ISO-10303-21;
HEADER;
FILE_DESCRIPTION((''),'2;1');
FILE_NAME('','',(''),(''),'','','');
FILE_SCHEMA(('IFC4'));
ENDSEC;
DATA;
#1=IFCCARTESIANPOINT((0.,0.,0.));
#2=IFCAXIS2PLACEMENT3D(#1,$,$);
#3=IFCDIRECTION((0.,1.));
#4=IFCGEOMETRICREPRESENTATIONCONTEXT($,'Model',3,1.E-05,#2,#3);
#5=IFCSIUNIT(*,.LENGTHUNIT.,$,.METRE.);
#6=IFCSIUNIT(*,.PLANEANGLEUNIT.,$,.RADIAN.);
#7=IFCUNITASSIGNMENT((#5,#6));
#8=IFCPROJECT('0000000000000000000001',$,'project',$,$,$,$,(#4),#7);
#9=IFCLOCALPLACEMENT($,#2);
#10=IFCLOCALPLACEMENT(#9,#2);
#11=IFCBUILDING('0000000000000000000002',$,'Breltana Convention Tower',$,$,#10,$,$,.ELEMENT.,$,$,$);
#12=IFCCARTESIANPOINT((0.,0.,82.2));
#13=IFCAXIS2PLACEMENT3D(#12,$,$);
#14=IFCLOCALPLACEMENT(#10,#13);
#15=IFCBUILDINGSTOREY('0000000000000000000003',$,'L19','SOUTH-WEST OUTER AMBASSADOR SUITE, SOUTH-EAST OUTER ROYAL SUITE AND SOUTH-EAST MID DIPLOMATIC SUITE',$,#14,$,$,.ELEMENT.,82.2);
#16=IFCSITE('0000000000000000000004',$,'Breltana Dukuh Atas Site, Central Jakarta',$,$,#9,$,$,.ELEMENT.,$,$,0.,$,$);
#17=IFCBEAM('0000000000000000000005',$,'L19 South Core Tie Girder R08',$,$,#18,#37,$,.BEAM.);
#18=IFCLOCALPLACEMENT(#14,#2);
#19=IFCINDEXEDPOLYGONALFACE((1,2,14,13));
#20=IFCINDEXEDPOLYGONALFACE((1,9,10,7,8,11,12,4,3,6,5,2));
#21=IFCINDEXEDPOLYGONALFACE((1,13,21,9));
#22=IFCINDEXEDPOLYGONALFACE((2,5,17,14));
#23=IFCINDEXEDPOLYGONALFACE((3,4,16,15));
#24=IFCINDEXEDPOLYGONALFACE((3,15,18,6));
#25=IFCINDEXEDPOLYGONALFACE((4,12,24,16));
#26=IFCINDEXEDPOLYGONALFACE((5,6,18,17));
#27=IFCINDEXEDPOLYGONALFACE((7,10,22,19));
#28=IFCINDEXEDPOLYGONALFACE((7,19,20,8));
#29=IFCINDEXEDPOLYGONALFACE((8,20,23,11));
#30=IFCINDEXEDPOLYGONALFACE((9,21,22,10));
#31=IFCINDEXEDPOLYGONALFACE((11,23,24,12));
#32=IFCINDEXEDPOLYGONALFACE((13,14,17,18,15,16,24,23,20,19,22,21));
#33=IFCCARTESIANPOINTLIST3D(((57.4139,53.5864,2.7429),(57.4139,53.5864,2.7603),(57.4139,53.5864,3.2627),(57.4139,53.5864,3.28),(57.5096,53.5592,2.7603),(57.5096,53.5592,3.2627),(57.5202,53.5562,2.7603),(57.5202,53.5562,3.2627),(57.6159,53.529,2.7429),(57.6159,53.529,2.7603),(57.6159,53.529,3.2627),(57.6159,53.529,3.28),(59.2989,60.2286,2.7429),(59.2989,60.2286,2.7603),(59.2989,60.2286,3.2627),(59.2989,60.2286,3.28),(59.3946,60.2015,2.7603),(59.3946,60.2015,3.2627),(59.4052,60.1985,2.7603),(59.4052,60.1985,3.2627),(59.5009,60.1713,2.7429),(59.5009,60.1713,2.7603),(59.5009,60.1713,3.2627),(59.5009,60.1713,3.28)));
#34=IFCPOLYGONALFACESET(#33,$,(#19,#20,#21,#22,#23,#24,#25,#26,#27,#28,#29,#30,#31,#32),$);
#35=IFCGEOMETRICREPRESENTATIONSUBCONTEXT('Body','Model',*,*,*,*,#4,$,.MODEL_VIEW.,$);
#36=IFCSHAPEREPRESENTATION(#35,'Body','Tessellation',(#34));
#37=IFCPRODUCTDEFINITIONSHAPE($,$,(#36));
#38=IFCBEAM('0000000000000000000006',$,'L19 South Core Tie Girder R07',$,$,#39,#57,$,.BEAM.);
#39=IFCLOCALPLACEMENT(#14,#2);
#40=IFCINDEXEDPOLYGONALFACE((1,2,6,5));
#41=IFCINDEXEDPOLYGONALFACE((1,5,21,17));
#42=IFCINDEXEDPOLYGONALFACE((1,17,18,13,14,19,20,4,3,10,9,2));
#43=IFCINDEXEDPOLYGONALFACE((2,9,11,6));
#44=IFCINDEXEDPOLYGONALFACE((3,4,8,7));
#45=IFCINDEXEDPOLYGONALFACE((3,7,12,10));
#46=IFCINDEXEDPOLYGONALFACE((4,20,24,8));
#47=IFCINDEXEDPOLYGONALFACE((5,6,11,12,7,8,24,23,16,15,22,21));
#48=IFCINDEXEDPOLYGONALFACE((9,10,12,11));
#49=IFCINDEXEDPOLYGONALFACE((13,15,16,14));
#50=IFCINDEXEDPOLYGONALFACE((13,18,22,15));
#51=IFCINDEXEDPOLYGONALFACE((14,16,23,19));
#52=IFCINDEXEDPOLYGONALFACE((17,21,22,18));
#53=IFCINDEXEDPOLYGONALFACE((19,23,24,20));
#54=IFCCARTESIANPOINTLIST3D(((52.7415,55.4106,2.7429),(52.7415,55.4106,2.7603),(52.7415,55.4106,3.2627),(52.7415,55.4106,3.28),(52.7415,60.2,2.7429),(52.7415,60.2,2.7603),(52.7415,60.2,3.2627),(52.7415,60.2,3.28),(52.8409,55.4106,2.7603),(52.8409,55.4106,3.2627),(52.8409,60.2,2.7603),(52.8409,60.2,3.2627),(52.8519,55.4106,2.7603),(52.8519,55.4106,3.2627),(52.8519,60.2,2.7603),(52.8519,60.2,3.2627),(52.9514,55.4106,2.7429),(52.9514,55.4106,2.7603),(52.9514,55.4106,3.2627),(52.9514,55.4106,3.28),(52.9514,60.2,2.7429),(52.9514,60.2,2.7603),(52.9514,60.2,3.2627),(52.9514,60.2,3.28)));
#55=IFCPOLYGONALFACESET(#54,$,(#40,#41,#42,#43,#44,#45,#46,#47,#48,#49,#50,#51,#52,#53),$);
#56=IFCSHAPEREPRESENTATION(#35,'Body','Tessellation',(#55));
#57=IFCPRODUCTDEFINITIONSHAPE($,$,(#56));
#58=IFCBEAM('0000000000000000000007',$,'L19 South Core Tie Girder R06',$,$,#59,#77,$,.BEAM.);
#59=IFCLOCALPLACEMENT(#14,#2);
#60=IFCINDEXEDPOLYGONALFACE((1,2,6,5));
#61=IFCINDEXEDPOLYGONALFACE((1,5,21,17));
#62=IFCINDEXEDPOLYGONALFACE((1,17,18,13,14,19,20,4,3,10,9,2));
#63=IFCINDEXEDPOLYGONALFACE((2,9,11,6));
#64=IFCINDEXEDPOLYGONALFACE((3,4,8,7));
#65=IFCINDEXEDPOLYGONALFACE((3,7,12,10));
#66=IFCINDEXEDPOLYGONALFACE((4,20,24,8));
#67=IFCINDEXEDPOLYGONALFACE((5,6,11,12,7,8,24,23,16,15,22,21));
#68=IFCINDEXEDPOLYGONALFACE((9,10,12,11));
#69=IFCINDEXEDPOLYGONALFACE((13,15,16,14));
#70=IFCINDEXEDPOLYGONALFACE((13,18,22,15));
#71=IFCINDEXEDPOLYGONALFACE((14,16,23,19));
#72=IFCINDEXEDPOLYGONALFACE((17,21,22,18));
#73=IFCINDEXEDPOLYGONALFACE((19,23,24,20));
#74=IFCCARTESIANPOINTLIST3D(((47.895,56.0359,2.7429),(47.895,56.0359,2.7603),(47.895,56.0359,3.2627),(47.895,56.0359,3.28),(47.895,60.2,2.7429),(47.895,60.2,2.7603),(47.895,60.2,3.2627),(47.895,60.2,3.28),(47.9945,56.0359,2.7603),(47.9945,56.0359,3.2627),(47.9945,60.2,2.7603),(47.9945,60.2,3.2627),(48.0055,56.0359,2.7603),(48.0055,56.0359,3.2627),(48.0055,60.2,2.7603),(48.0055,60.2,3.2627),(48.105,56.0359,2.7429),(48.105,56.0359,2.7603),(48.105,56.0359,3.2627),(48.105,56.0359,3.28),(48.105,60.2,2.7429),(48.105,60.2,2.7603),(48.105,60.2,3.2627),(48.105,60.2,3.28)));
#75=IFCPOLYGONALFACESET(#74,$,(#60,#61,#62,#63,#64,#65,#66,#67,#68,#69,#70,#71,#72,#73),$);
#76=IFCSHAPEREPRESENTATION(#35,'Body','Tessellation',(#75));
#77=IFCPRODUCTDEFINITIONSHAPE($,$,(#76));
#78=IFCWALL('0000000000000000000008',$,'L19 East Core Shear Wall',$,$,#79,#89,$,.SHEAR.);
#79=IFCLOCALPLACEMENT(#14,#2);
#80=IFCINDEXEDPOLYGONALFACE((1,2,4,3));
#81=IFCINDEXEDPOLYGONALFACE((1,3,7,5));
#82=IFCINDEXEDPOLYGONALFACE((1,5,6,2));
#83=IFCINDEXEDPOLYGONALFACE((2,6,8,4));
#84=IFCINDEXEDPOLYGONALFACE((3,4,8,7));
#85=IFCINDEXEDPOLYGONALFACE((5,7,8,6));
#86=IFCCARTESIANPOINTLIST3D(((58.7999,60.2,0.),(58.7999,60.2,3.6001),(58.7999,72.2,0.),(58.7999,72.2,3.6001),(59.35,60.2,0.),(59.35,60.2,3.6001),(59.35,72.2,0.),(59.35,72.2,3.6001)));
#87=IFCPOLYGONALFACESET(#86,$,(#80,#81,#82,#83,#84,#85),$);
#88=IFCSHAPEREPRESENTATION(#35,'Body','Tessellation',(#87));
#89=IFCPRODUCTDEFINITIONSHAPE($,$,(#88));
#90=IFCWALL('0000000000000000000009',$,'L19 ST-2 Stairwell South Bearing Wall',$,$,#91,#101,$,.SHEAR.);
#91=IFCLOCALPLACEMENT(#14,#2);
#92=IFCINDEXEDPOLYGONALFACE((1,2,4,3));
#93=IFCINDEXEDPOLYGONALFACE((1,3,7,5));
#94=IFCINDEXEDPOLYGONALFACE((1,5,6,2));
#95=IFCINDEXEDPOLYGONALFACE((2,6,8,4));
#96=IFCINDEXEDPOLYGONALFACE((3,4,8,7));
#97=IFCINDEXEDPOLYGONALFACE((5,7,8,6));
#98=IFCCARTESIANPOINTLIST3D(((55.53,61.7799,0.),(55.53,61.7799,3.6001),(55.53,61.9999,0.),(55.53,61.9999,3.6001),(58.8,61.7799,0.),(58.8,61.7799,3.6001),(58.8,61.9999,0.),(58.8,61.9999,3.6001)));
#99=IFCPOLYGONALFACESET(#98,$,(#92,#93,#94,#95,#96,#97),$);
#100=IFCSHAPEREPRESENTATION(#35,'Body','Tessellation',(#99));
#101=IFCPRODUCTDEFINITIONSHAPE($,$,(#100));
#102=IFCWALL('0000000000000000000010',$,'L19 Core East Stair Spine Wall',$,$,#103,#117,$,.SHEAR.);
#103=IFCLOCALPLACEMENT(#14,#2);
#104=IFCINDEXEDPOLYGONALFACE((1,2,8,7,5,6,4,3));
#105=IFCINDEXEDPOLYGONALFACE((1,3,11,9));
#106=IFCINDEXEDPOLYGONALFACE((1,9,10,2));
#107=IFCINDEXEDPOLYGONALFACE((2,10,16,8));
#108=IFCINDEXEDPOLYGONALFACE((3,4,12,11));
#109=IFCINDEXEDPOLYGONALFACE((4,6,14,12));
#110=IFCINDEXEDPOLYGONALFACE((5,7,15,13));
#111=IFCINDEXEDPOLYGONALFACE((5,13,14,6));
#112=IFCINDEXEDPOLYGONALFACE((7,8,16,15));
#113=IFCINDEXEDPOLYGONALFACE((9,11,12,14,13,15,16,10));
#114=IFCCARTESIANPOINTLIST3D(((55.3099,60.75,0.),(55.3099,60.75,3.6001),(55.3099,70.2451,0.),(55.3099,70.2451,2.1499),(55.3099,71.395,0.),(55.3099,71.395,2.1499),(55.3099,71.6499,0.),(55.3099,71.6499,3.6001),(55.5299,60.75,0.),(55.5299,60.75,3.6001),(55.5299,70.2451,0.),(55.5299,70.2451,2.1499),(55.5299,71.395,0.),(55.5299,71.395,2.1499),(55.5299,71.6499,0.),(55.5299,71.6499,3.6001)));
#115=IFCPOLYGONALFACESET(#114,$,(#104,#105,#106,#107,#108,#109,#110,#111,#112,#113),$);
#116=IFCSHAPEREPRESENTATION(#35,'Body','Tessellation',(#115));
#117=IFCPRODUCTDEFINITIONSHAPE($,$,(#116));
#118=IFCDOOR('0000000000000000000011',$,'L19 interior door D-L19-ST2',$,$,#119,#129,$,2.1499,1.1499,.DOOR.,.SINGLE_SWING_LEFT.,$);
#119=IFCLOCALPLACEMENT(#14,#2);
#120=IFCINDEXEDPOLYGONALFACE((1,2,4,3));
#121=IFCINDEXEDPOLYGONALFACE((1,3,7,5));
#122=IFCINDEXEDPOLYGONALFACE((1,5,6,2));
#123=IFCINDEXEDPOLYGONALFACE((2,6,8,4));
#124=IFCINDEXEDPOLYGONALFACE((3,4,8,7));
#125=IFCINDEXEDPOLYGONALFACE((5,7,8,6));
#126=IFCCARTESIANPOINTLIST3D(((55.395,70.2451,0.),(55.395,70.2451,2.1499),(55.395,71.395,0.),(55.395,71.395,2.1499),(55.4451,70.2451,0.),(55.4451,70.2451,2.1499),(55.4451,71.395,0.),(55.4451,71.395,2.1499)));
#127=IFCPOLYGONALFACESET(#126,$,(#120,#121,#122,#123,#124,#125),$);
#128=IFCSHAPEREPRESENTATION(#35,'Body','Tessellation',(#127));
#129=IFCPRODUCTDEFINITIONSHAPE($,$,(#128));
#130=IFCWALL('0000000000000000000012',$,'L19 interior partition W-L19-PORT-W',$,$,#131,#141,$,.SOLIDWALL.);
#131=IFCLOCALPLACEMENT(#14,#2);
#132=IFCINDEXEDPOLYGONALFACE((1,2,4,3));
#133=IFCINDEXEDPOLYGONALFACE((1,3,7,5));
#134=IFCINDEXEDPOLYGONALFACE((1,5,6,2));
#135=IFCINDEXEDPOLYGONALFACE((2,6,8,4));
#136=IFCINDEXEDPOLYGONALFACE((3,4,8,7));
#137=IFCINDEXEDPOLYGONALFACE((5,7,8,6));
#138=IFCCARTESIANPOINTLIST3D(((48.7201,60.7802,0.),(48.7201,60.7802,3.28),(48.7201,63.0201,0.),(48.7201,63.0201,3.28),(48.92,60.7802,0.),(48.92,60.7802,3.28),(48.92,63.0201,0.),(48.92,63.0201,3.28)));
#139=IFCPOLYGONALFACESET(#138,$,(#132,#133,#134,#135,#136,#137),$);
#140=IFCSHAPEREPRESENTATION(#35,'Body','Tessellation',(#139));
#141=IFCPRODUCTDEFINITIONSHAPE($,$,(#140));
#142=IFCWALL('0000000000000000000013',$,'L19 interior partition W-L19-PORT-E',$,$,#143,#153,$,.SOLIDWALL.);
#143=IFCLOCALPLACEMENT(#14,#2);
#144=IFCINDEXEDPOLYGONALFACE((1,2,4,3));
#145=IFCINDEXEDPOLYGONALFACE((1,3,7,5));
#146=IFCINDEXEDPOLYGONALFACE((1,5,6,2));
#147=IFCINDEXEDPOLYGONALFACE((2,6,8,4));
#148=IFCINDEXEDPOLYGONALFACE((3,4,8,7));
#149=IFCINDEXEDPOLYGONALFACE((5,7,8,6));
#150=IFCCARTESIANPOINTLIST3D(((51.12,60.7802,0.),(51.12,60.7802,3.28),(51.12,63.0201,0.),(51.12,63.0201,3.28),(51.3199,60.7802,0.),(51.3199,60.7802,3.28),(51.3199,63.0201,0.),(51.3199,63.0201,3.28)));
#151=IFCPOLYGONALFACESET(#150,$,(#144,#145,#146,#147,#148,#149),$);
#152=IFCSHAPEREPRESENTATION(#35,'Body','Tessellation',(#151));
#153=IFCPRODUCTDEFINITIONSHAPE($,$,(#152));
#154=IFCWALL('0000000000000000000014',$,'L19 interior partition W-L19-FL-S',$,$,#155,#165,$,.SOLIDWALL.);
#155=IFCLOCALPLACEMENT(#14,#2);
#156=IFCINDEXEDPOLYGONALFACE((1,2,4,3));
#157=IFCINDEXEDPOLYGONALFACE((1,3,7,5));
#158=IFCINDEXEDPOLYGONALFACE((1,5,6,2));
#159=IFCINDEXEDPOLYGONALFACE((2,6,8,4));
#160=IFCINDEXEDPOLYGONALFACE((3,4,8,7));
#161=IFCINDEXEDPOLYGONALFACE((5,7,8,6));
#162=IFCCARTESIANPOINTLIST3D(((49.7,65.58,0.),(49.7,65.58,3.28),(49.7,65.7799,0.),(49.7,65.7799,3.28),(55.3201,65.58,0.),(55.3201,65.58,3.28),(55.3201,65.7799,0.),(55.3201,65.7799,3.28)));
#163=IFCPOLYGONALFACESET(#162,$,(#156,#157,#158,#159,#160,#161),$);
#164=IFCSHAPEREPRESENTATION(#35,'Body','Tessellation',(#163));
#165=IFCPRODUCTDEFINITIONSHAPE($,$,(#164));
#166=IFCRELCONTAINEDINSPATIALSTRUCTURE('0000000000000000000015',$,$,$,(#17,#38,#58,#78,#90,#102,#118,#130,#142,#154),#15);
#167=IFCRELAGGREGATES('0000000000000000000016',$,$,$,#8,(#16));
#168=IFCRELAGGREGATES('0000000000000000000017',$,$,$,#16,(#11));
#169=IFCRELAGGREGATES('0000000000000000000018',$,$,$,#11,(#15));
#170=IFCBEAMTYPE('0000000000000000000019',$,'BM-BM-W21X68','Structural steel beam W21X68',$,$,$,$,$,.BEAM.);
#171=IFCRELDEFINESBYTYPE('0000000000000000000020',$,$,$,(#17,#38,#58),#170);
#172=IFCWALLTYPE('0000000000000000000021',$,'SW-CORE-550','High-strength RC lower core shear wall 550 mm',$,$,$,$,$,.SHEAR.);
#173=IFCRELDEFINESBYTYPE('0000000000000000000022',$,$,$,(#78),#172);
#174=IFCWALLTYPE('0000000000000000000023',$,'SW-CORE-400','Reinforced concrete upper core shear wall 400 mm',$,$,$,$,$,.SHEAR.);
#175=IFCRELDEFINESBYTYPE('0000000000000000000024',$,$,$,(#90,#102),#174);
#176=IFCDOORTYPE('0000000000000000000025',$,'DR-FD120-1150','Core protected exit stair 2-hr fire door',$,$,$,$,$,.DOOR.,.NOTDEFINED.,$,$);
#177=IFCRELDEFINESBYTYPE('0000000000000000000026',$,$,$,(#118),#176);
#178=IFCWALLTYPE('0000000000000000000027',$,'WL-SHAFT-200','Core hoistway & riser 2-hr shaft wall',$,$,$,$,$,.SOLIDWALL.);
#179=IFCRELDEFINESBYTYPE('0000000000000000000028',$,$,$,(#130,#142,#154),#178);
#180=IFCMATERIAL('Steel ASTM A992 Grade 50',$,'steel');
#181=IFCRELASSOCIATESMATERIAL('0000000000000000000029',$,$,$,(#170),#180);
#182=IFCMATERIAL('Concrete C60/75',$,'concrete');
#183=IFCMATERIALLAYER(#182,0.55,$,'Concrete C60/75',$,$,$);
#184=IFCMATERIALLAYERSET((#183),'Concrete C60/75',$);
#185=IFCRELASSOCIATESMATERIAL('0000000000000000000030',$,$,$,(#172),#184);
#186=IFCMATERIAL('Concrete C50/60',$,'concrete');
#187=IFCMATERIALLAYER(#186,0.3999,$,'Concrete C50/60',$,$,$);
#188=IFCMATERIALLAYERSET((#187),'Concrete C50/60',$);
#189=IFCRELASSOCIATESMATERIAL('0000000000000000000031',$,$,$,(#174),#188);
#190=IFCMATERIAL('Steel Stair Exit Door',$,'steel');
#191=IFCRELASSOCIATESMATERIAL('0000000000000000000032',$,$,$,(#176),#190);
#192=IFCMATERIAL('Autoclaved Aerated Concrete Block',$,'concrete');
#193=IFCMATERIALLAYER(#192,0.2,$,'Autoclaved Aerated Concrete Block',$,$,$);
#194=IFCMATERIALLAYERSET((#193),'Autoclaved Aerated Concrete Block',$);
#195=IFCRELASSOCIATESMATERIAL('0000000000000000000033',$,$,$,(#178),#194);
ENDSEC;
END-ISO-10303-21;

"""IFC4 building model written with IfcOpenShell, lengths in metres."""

from ifc_helpers import new_model, si_unit, direction, frame, frame_2d, origin, origin_2d, place, context, subcontext, project, spatial, rectangle, i_section, extrude, source, transform, mapped, material, layer, layer_set, material_profile, profile_set, type_object, type_shapes, element, fill, save


model = new_model("IFC4")

# Units and contexts
model_context = context("Model", 3, precision=1e-05, world=origin(), true_north=direction((0.0, 1.0)))
body_context = subcontext(model_context, "Body", "Model", "MODEL_VIEW")
ifc_project = project(units=[si_unit("LENGTHUNIT", "METRE"), si_unit("PLANEANGLEUNIT", "RADIAN")], contexts=[model_context])

# Site, building, storey
site_placement = place(None, origin())
site = spatial("IfcSite", under=ifc_project, at=site_placement, Name="Breltana Dukuh Atas Site, Central Jakarta", CompositionType="ELEMENT", RefElevation=0.0)
building_placement = place(site_placement, origin())
building = spatial("IfcBuilding", under=site, at=building_placement, Name="Breltana Convention Tower", CompositionType="ELEMENT")
storey_placement = place(building_placement, frame((0.0, 0.0, 82.2)))
storey = spatial("IfcBuildingStorey", under=building, at=storey_placement, Name="L19", Description="SOUTH-WEST OUTER AMBASSADOR SUITE, SOUTH-EAST OUTER ROYAL SUITE AND SOUTH-EAST MID DIPLOMATIC SUITE", CompositionType="ELEMENT", Elevation=82.2)

# Beams
ifc_material_1 = material(Name="Steel ASTM A992 Grade 50", Category="steel")
ifc_material_profile = material_profile(ifc_material_1, i_section(OverallWidth=0.21, OverallDepth=0.5371, WebThickness=0.011, FlangeThickness=0.0173, at=origin_2d()), Name="W21X68")
ifc_profile_set = profile_set([ifc_material_profile], Name="Steel ASTM A992 Grade 50")
beam_type = type_object("IfcBeamType", Name="BM-BM-W21X68", Description="Structural steel beam W21X68", PredefinedType="BEAM", material=ifc_profile_set)
shared_shape_1 = source(origin(), body_context, "Body", "SweptSolid", [
    extrude(i_section(OverallWidth=0.21, OverallDepth=0.5371, WebThickness=0.011, FlangeThickness=0.0173, at=origin_2d()), origin(), (0.0, 0.0, 1.0), 6.9045),
])
type_shapes(beam_type, [shared_shape_1])
beam_1_placement = place(storey_placement, frame((59.3999, 60.2, 3.0115), z_axis=(-0.273007, -0.962012, 0.0), x_axis=(0.962012, -0.273007, 0.0)))
element("IfcBeam", 1, at=beam_1_placement, inside=storey, type_object=beam_type, Name="L19 South Core Tie Girder R08", PredefinedType="BEAM", context=body_context, shape_type="MappedRepresentation", body=[
    mapped(shared_shape_1, transform((0.0, 0.0, 0.0), scale=1.0)),
])
shared_shape_2 = source(origin(), body_context, "Body", "SweptSolid", [
    extrude(i_section(OverallWidth=0.21, OverallDepth=0.5371, WebThickness=0.011, FlangeThickness=0.0173, at=origin_2d()), origin(), (0.0, 0.0, 1.0), 4.7893),
])
beam_2_placement = place(storey_placement, frame((52.8464, 60.2, 3.0115), z_axis=(0.0, -1.0, 0.0), x_axis=(1.0, 0.0, 0.0)))
element("IfcBeam", 2, at=beam_2_placement, inside=storey, type_object=beam_type, Name="L19 South Core Tie Girder R07", PredefinedType="BEAM", context=body_context, shape_type="MappedRepresentation", body=[
    mapped(shared_shape_2, transform((0.0, 0.0, 0.0), scale=1.0)),
])
shared_shape_3 = source(origin(), body_context, "Body", "SweptSolid", [
    extrude(i_section(OverallWidth=0.21, OverallDepth=0.5371, WebThickness=0.011, FlangeThickness=0.0173, at=origin_2d()), origin(), (0.0, 0.0, 1.0), 4.1641),
])
beam_3_placement = place(storey_placement, frame((48.0, 60.2, 3.0115), z_axis=(0.0, -1.0, 0.0), x_axis=(1.0, 0.0, 0.0)))
element("IfcBeam", 3, at=beam_3_placement, inside=storey, type_object=beam_type, Name="L19 South Core Tie Girder R06", PredefinedType="BEAM", context=body_context, shape_type="MappedRepresentation", body=[
    mapped(shared_shape_3, transform((0.0, 0.0, 0.0), scale=1.0)),
])

# Walls
ifc_material_2 = material(Name="Concrete C60/75", Category="concrete")
ifc_layer_1 = layer(ifc_material_2, 0.55, Name="Concrete C60/75")
ifc_layer_set_1 = layer_set([ifc_layer_1], Name="Concrete C60/75")
wall_type_1 = type_object("IfcWallType", Name="SW-CORE-550", Description="High-strength RC lower core shear wall 550 mm", PredefinedType="SHEAR", material=ifc_layer_set_1)
shared_shape_4 = source(origin(), body_context, "Body", "SweptSolid", [
    extrude(rectangle(XDim=12.0, YDim=0.55, at=frame_2d((6.0, 0.0))), origin(), (0.0, 0.0, 1.0), 3.6001),
])
wall_1_placement = place(storey_placement, frame((59.075, 60.2, 0.0), z_axis=(0.0, 0.0, 1.0), x_axis=(0.0, 1.0, 0.0)))
element("IfcWall", 4, at=wall_1_placement, inside=storey, type_object=wall_type_1, Name="L19 East Core Shear Wall", PredefinedType="SHEAR", context=body_context, shape_type="MappedRepresentation", body=[
    mapped(shared_shape_4, transform((0.0, 0.0, 0.0), scale=1.0)),
])
ifc_material_3 = material(Name="Concrete C50/60", Category="concrete")
ifc_layer_2 = layer(ifc_material_3, 0.3999, Name="Concrete C50/60")
ifc_layer_set_2 = layer_set([ifc_layer_2], Name="Concrete C50/60")
wall_type_2 = type_object("IfcWallType", Name="SW-CORE-400", Description="Reinforced concrete upper core shear wall 400 mm", PredefinedType="SHEAR", material=ifc_layer_set_2)
shared_shape_5 = source(origin(), body_context, "Body", "SweptSolid", [
    extrude(rectangle(XDim=3.27, YDim=0.22, at=frame_2d((1.635, 0.0))), origin(), (0.0, 0.0, 1.0), 3.6001),
])
wall_2_placement = place(storey_placement, frame((55.53, 61.8899, 0.0), z_axis=(0.0, 0.0, 1.0), x_axis=(1.0, 0.0, 0.0)))
element("IfcWall", 5, at=wall_2_placement, inside=storey, type_object=wall_type_2, Name="L19 ST-2 Stairwell South Bearing Wall", PredefinedType="SHEAR", context=body_context, shape_type="MappedRepresentation", body=[
    mapped(shared_shape_5, transform((0.0, 0.0, 0.0), scale=1.0)),
])

# Wall, opening, door
shared_shape_6 = source(origin(), body_context, "Body", "SweptSolid", [
    extrude(rectangle(XDim=10.8999, YDim=0.22, at=frame_2d((5.45, 0.0))), origin(), (0.0, 0.0, 1.0), 3.6001),
])
wall_3_placement = place(storey_placement, frame((55.4199, 60.75, 0.0), z_axis=(0.0, 0.0, 1.0), x_axis=(0.0, 1.0, 0.0)))
wall_3 = element("IfcWall", 6, at=wall_3_placement, inside=storey, type_object=wall_type_2, Name="L19 Core East Stair Spine Wall", PredefinedType="SHEAR", context=body_context, shape_type="MappedRepresentation", body=[
    mapped(shared_shape_6, transform((0.0, 0.0, 0.0), scale=1.0)),
])
opening_1_placement = place(wall_3_placement, frame((9.4951, 0.0, 0.0)))
opening_1 = element("IfcOpeningElement", 7, at=opening_1_placement, cuts=wall_3, PredefinedType="OPENING", context=body_context, shape_type="SweptSolid", body=[
    extrude(rectangle(XDim=1.1499, YDim=2.1499, at=frame_2d((0.575, 1.075))), frame((0.0, 0.1201, 0.0), z_axis=(0.0, -1.0, 0.0), x_axis=(1.0, 0.0, 0.0)), (0.0, 0.0, 1.0), 0.24),
])
ifc_material_4 = material(Name="Steel Stair Exit Door", Category="steel")
door_type_1 = type_object("IfcDoorType", Name="DR-FD120-1150", Description="Core protected exit stair 2-hr fire door", OperationType="NOTDEFINED", PredefinedType="DOOR", material=ifc_material_4)
shared_shape_7 = source(origin(), body_context, "Body", "SweptSolid", [
    extrude(rectangle(XDim=1.1499, YDim=2.1499, at=frame_2d((0.575, 1.075))), frame((0.0, 0.0249, 0.0), z_axis=(0.0, -1.0, 0.0), x_axis=(1.0, 0.0, 0.0)), (0.0, 0.0, 1.0), 0.05),
])
type_shapes(door_type_1, [shared_shape_7])
door_1_placement = place(opening_1_placement, origin())
door_1 = element("IfcDoor", 8, at=door_1_placement, inside=storey, type_object=door_type_1, Name="L19 interior door D-L19-ST2", OperationType="SINGLE_SWING_LEFT", OverallHeight=2.1499, OverallWidth=1.1499, PredefinedType="DOOR", context=body_context, shape_type="MappedRepresentation", body=[
    mapped(shared_shape_7, transform((0.0, 0.0, 0.0), scale=1.0)),
])
fill(opening_1, door_1)

# Walls
ifc_material_5 = material(Name="Autoclaved Aerated Concrete Block", Category="concrete")
ifc_layer_3 = layer(ifc_material_5, 0.2, Name="Autoclaved Aerated Concrete Block")
ifc_layer_set_3 = layer_set([ifc_layer_3], Name="Autoclaved Aerated Concrete Block")
wall_type_3 = type_object("IfcWallType", Name="WL-SHAFT-200", Description="Core hoistway & riser 2-hr shaft wall", PredefinedType="SOLIDWALL", material=ifc_layer_set_3)
shared_shape_8 = source(origin(), body_context, "Body", "SweptSolid", [
    extrude(rectangle(XDim=2.24, YDim=0.2, at=frame_2d((1.1201, 0.0))), origin(), (0.0, 0.0, 1.0), 3.28),
])
for number, where, z_axis, x_axis, name in (
    (9, (48.8201, 60.78, 0.0), (0.0, 0.0, 1.0), (0.0, 1.0, 0.0), "L19 interior partition W-L19-PORT-W"),
    (10, (51.22, 60.78, 0.0), (0.0, 0.0, 1.0), (0.0, 1.0, 0.0), "L19 interior partition W-L19-PORT-E"),
):
    element("IfcWall", number, at=place(storey_placement, frame(where, z_axis=z_axis, x_axis=x_axis)), inside=storey, type_object=wall_type_3, Name=name, PredefinedType="SOLIDWALL", context=body_context, shape_type="MappedRepresentation", body=[
        mapped(shared_shape_8, transform((0.0, 0.0, 0.0), scale=1.0)),
    ])

# Shared definitions
shared_shape_9 = source(origin(), body_context, "Body", "SweptSolid", [
    extrude(rectangle(XDim=5.6201, YDim=0.2, at=frame_2d((2.8101, 0.0))), origin(), (0.0, 0.0, 1.0), 3.28),
])

# Wall
wall_4_placement = place(storey_placement, frame((49.7, 65.6799, 0.0), z_axis=(0.0, 0.0, 1.0), x_axis=(1.0, 0.0, 0.0)))
element("IfcWall", 11, at=wall_4_placement, inside=storey, type_object=wall_type_3, Name="L19 interior partition W-L19-FL-S", PredefinedType="SOLIDWALL", context=body_context, shape_type="MappedRepresentation", body=[
    mapped(shared_shape_9, transform((0.0, 0.0, 0.0), scale=1.0)),
])

save(model, "model.ifc")
